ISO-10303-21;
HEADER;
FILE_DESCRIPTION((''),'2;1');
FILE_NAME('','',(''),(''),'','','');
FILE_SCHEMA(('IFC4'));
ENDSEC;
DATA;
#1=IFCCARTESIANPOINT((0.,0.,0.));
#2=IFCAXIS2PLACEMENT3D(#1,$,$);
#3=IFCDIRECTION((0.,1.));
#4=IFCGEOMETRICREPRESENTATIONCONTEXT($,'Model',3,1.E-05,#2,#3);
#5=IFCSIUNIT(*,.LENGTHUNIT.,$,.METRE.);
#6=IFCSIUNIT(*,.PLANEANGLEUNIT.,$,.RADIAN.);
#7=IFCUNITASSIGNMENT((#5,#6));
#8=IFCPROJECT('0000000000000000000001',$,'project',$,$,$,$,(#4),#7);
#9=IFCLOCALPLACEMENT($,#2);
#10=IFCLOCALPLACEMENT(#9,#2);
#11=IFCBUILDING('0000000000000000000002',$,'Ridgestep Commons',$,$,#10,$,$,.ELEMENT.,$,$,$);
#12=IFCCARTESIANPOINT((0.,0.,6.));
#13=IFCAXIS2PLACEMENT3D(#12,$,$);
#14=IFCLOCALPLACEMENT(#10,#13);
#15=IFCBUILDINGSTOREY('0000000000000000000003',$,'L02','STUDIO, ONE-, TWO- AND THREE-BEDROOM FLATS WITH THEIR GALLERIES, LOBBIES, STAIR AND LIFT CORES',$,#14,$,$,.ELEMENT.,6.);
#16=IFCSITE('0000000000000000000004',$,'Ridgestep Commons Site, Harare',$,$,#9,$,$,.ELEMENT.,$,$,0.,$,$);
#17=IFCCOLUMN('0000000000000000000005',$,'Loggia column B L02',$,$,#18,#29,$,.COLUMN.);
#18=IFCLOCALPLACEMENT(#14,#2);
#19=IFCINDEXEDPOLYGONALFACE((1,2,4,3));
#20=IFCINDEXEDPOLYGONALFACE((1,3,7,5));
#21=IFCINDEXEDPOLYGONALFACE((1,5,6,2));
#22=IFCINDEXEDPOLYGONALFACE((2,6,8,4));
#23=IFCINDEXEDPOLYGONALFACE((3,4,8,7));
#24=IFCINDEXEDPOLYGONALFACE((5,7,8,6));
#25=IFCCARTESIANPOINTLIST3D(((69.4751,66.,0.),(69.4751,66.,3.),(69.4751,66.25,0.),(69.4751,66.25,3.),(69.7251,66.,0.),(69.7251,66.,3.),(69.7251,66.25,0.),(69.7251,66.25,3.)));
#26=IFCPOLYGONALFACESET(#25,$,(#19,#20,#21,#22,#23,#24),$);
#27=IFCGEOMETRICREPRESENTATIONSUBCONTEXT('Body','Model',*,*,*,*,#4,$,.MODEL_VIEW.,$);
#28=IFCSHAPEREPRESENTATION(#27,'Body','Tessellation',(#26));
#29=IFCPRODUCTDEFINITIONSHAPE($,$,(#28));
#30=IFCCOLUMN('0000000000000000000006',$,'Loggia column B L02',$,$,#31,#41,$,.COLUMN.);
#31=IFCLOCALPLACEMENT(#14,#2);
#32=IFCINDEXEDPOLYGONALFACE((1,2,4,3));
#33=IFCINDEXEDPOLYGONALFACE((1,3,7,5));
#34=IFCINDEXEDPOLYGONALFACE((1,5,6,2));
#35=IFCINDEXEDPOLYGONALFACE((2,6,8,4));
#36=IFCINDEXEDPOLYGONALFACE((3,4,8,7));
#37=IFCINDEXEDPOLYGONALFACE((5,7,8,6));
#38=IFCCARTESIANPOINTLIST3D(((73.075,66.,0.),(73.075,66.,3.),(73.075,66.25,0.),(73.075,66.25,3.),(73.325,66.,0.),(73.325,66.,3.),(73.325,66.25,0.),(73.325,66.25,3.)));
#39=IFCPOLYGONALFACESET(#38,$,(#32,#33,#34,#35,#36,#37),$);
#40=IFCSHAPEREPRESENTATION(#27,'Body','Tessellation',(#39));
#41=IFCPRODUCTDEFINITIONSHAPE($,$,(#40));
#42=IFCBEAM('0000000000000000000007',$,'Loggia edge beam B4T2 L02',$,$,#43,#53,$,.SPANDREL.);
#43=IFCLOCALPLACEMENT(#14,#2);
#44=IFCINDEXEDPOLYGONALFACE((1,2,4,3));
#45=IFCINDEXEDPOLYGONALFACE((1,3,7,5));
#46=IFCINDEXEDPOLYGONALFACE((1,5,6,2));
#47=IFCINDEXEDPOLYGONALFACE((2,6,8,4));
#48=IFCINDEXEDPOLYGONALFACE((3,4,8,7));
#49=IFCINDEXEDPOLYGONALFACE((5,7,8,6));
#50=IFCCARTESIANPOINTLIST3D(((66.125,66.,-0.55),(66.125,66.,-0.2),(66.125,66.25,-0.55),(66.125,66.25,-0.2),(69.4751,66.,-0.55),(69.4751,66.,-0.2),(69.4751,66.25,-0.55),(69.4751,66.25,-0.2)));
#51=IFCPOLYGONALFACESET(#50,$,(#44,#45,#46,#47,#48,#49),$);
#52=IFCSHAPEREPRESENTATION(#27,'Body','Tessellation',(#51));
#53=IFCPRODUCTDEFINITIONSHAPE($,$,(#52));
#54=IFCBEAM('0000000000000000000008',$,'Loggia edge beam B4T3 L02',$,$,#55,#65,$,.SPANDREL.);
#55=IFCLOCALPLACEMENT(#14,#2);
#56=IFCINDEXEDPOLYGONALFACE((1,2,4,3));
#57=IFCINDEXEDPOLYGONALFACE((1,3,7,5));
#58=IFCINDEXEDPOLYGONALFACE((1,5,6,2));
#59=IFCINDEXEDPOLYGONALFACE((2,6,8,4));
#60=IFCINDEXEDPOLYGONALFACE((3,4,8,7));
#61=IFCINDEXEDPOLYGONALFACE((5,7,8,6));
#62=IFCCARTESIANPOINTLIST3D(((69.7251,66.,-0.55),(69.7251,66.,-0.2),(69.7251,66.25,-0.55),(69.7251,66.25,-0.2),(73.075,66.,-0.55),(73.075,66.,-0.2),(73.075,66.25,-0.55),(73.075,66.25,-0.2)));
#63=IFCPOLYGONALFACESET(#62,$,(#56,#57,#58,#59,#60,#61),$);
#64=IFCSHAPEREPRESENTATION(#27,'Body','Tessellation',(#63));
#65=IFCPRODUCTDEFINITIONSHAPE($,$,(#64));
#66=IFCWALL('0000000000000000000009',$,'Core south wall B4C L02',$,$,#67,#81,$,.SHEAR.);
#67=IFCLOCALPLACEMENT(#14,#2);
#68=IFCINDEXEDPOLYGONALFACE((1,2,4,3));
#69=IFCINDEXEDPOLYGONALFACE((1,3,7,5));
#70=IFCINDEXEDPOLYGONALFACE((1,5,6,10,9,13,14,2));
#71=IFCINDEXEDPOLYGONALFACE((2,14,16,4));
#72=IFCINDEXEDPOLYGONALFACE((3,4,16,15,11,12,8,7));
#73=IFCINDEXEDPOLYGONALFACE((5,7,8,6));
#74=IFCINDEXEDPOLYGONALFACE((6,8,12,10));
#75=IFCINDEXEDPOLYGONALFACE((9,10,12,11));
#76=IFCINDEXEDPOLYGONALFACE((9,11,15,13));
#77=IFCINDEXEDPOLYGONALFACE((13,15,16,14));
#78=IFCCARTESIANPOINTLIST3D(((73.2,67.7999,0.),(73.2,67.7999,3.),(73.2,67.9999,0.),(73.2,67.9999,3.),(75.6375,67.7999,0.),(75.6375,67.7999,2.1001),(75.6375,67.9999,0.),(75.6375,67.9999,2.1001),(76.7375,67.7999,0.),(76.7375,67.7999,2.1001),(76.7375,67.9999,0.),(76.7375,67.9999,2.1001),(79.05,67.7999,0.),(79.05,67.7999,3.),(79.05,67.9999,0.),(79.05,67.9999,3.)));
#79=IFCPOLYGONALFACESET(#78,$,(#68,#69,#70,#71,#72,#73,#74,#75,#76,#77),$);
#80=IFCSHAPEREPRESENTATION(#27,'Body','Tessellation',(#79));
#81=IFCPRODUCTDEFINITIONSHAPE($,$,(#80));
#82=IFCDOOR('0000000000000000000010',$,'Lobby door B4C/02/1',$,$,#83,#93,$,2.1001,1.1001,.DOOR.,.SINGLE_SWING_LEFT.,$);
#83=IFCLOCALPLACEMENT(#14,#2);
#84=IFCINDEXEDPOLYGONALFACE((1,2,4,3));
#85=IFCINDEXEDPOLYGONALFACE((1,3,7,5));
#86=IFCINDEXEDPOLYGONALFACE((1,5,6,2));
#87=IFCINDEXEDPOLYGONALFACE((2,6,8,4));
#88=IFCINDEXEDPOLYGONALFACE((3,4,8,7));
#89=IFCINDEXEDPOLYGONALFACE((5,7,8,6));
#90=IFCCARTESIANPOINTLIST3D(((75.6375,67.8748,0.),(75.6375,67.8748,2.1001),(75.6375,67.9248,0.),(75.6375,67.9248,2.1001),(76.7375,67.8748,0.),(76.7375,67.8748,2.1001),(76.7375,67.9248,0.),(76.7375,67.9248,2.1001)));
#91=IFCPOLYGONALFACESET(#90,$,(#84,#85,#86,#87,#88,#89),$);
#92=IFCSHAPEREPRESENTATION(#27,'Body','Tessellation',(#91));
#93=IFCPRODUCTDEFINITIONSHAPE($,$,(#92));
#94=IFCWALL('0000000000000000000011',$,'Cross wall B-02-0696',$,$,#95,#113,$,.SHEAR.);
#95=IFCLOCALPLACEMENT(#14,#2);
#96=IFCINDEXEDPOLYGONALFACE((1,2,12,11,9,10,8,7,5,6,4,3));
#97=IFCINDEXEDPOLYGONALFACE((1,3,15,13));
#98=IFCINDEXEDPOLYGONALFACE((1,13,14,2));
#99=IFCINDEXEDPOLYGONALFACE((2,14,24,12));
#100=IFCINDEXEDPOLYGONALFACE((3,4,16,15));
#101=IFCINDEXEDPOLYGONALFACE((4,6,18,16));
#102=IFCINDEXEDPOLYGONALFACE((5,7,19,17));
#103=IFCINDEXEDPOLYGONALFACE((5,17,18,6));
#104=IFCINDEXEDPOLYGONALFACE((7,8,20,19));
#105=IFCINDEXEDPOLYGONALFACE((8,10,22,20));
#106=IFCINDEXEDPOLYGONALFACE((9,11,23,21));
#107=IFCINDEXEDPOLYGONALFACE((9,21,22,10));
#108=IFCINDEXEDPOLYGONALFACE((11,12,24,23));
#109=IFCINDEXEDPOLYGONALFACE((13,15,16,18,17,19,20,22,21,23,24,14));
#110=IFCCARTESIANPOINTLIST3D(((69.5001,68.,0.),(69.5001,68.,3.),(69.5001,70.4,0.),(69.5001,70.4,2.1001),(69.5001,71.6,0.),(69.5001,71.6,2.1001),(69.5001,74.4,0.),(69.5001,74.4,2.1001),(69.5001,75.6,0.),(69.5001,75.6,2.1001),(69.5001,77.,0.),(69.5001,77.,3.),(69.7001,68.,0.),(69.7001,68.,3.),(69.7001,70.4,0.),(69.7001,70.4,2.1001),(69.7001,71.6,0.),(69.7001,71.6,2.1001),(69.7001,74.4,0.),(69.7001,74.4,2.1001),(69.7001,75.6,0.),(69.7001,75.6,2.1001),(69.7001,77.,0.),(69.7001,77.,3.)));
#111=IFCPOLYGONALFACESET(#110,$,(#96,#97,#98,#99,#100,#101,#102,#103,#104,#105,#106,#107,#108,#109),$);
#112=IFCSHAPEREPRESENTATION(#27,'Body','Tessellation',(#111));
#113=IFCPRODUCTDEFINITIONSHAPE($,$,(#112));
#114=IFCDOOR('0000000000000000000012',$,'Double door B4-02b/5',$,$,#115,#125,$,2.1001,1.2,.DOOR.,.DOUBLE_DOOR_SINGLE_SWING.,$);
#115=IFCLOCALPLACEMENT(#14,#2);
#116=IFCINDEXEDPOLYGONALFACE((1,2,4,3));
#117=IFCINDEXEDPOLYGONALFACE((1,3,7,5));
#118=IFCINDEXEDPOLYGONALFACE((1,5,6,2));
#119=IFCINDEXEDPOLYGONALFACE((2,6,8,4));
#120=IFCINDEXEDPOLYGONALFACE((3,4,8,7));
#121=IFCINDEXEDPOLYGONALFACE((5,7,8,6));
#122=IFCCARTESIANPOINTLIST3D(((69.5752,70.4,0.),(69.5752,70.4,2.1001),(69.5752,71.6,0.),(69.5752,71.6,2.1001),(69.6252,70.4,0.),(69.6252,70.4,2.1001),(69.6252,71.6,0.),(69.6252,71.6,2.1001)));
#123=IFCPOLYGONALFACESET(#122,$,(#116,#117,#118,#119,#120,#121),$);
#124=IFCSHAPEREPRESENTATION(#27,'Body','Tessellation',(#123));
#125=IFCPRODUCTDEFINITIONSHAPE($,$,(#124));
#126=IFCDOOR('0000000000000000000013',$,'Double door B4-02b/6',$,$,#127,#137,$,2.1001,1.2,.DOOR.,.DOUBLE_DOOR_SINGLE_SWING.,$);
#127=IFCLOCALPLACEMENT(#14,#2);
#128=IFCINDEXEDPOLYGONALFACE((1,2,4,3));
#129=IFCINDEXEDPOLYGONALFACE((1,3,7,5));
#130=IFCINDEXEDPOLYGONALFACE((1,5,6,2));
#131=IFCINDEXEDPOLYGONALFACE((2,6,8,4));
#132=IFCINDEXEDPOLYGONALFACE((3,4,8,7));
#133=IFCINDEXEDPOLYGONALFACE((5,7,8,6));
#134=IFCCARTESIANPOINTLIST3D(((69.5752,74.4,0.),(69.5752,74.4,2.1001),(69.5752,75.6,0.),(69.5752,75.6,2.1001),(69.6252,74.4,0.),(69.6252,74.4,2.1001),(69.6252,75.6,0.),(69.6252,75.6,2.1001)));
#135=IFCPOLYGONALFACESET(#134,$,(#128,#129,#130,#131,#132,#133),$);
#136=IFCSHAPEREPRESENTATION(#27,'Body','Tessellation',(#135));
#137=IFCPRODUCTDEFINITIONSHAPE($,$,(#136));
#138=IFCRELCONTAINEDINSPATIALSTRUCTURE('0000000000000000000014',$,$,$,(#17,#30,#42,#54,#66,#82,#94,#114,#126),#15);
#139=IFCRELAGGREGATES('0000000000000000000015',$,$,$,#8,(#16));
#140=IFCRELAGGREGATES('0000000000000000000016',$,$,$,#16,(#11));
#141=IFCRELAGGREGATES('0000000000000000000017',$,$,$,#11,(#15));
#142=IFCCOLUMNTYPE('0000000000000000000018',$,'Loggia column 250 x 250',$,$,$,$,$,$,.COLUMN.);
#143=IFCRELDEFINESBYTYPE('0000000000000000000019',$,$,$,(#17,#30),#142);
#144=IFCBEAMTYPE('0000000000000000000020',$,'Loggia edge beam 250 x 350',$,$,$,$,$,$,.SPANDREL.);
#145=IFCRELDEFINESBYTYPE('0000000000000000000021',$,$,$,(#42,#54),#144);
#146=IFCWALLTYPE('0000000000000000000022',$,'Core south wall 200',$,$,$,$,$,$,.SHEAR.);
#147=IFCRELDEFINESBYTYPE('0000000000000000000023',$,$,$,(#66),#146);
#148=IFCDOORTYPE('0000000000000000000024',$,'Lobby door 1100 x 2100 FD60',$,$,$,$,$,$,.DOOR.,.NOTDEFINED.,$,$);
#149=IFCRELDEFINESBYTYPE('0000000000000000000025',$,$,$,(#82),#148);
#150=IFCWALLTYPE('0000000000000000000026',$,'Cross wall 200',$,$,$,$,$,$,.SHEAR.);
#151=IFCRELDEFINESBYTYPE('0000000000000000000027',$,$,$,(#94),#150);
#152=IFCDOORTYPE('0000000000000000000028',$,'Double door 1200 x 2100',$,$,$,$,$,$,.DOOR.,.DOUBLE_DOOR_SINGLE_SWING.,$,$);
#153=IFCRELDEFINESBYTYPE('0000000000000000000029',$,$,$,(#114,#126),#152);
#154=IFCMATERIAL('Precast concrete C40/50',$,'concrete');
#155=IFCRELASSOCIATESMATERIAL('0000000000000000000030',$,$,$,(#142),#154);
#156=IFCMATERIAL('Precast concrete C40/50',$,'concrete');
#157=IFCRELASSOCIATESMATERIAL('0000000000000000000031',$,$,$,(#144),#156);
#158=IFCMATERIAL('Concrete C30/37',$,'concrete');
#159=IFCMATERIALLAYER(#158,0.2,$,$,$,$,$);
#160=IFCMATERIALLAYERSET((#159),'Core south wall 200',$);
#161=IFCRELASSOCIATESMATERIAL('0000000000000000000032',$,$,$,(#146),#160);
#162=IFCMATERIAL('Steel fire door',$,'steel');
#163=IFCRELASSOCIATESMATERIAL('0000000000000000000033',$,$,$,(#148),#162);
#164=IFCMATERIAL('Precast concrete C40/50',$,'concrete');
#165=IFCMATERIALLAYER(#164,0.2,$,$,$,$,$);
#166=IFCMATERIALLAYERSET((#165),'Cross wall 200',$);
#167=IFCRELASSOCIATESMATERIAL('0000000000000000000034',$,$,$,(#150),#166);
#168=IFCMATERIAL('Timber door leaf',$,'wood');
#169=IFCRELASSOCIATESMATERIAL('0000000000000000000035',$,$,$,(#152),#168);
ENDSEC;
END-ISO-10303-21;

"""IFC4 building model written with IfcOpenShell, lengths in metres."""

from ifc_helpers import new_model, si_unit, direction, frame, frame_2d, origin, origin_2d, place, context, subcontext, project, spatial, rectangle, extrude, material, layer, layer_set, material_profile, profile_set, type_object, element, fill, save


model = new_model("IFC4")

# Units and contexts
model_context = context("Model", 3, precision=1e-05, world=origin(), true_north=direction((0.0, 1.0)))
body_context = subcontext(model_context, "Body", "Model", "MODEL_VIEW")
ifc_project = project(units=[si_unit("LENGTHUNIT", "METRE"), si_unit("PLANEANGLEUNIT", "RADIAN")], contexts=[model_context])

# Site, building, storey
site_placement = place(None, origin())
site = spatial("IfcSite", under=ifc_project, at=site_placement, Name="Ridgestep Commons Site, Harare", CompositionType="ELEMENT", RefElevation=0.0)
building_placement = place(site_placement, origin())
building = spatial("IfcBuilding", under=site, at=building_placement, Name="Ridgestep Commons", CompositionType="ELEMENT")
storey_placement = place(building_placement, frame((0.0, 0.0, 6.0)))
storey = spatial("IfcBuildingStorey", under=building, at=storey_placement, Name="L02", Description="STUDIO, ONE-, TWO- AND THREE-BEDROOM FLATS WITH THEIR GALLERIES, LOBBIES, STAIR AND LIFT CORES", CompositionType="ELEMENT", Elevation=6.0)

# Columns
ifc_material_1 = material(Name="Precast concrete C40/50", Category="concrete")
ifc_material_profile_1 = material_profile(ifc_material_1, rectangle(XDim=0.25, YDim=0.25, at=origin_2d()), Name="PC 250x250")
ifc_profile_set_1 = profile_set([ifc_material_profile_1], Name="Precast concrete C40/50")
column_type = type_object("IfcColumnType", Name="Loggia column 250 x 250", PredefinedType="COLUMN", material=ifc_profile_set_1)
for number, where, z_axis, x_axis, name in (
    (1, (69.6001, 66.125, 0.0), (0.0, 0.0, 1.0), (1.0, 0.0, 0.0), "Loggia column B L02"),
    (2, (73.2, 66.125, 0.0), (0.0, 0.0, 1.0), (1.0, 0.0, 0.0), "Loggia column B L02"),
):
    element("IfcColumn", number, at=place(storey_placement, frame(where, z_axis=z_axis, x_axis=x_axis)), inside=storey, type_object=column_type, Name=name, PredefinedType="COLUMN", context=body_context, shape_type="SweptSolid", body=[
        extrude(rectangle(XDim=0.25, YDim=0.25, at=origin_2d()), origin(), (0.0, 0.0, 1.0), 3.0),
    ])

# Beams
ifc_material_2 = material(Name="Precast concrete C40/50", Category="concrete")
ifc_material_profile_2 = material_profile(ifc_material_2, rectangle(XDim=0.25, YDim=0.3501, at=origin_2d()), Name="PC 250x350")
ifc_profile_set_2 = profile_set([ifc_material_profile_2], Name="Precast concrete C40/50")
beam_type = type_object("IfcBeamType", Name="Loggia edge beam 250 x 350", PredefinedType="SPANDREL", material=ifc_profile_set_2)
beam_1_placement = place(storey_placement, frame((66.125, 66.125, -0.375), z_axis=(1.0, 0.0, 0.0), x_axis=(0.0, 1.0, 0.0)))
element("IfcBeam", 3, at=beam_1_placement, inside=storey, type_object=beam_type, Name="Loggia edge beam B4T2 L02", PredefinedType="SPANDREL", context=body_context, shape_type="SweptSolid", body=[
    extrude(rectangle(XDim=0.25, YDim=0.3501, at=origin_2d()), origin(), (0.0, 0.0, 1.0), 3.3501),
])
beam_2_placement = place(storey_placement, frame((69.7251, 66.125, -0.375), z_axis=(1.0, 0.0, 0.0), x_axis=(0.0, 1.0, 0.0)))
element("IfcBeam", 4, at=beam_2_placement, inside=storey, type_object=beam_type, Name="Loggia edge beam B4T3 L02", PredefinedType="SPANDREL", context=body_context, shape_type="SweptSolid", body=[
    extrude(rectangle(XDim=0.25, YDim=0.3501, at=origin_2d()), origin(), (0.0, 0.0, 1.0), 3.3499),
])

# Wall, opening, door
ifc_material_3 = material(Name="Concrete C30/37", Category="concrete")
ifc_layer_1 = layer(ifc_material_3, 0.2)
ifc_layer_set_1 = layer_set([ifc_layer_1], Name="Core south wall 200")
wall_type_1 = type_object("IfcWallType", Name="Core south wall 200", PredefinedType="SHEAR", material=ifc_layer_set_1)
wall_1_placement = place(storey_placement, frame((73.2, 67.8999, 0.0), z_axis=(0.0, 0.0, 1.0), x_axis=(1.0, 0.0, 0.0)))
wall_1 = element("IfcWall", 5, at=wall_1_placement, inside=storey, type_object=wall_type_1, Name="Core south wall B4C L02", PredefinedType="SHEAR", context=body_context, shape_type="SweptSolid", body=[
    extrude(rectangle(XDim=5.8501, YDim=0.2, at=frame_2d((2.925, 0.0))), origin(), (0.0, 0.0, 1.0), 3.0),
])
opening_1_placement = place(wall_1_placement, frame((2.4375, 0.0, 0.0)))
opening_1 = element("IfcOpeningElement", 6, at=opening_1_placement, cuts=wall_1, PredefinedType="OPENING", context=body_context, shape_type="SweptSolid", body=[
    extrude(rectangle(XDim=1.1001, YDim=2.1001, at=frame_2d((0.55, 1.05))), frame((0.0, 0.1099, 0.0), z_axis=(0.0, -1.0, 0.0), x_axis=(1.0, 0.0, 0.0)), (0.0, 0.0, 1.0), 0.22),
])
ifc_material_4 = material(Name="Steel fire door", Category="steel")
door_type_1 = type_object("IfcDoorType", Name="Lobby door 1100 x 2100 FD60", OperationType="NOTDEFINED", PredefinedType="DOOR", material=ifc_material_4)
door_1_placement = place(opening_1_placement, origin())
door_1 = element("IfcDoor", 7, at=door_1_placement, inside=storey, type_object=door_type_1, Name="Lobby door B4C/02/1", OperationType="SINGLE_SWING_LEFT", OverallHeight=2.1001, OverallWidth=1.1001, PredefinedType="DOOR", context=body_context, shape_type="SweptSolid", body=[
    extrude(rectangle(XDim=1.1001, YDim=2.1001, at=frame_2d((0.55, 1.05))), frame((0.0, 0.0249, 0.0), z_axis=(0.0, -1.0, 0.0), x_axis=(1.0, 0.0, 0.0)), (0.0, 0.0, 1.0), 0.05),
])
fill(opening_1, door_1)

# Wall, openings, doors
ifc_material_5 = material(Name="Precast concrete C40/50", Category="concrete")
ifc_layer_2 = layer(ifc_material_5, 0.2)
ifc_layer_set_2 = layer_set([ifc_layer_2], Name="Cross wall 200")
wall_type_2 = type_object("IfcWallType", Name="Cross wall 200", PredefinedType="SHEAR", material=ifc_layer_set_2)
wall_2_placement = place(storey_placement, frame((69.6001, 68.0, 0.0), z_axis=(0.0, 0.0, 1.0), x_axis=(0.0, 1.0, 0.0)))
wall_2 = element("IfcWall", 8, at=wall_2_placement, inside=storey, type_object=wall_type_2, Name="Cross wall B-02-0696", PredefinedType="SHEAR", context=body_context, shape_type="SweptSolid", body=[
    extrude(rectangle(XDim=9.0, YDim=0.2, at=frame_2d((4.5, 0.0))), origin(), (0.0, 0.0, 1.0), 3.0),
])
opening_2_placement = place(wall_2_placement, frame((2.3999, 0.0, 0.0)))
opening_2 = element("IfcOpeningElement", 9, at=opening_2_placement, cuts=wall_2, PredefinedType="OPENING", context=body_context, shape_type="SweptSolid", body=[
    extrude(rectangle(XDim=1.2, YDim=2.1001, at=frame_2d((0.6001, 1.05))), frame((0.0, 0.1099, 0.0), z_axis=(0.0, -1.0, 0.0), x_axis=(1.0, 0.0, 0.0)), (0.0, 0.0, 1.0), 0.22),
])
opening_3_placement = place(wall_2_placement, frame((6.3999, 0.0, 0.0)))
opening_3 = element("IfcOpeningElement", 10, at=opening_3_placement, cuts=wall_2, PredefinedType="OPENING", context=body_context, shape_type="SweptSolid", body=[
    extrude(rectangle(XDim=1.2, YDim=2.1001, at=frame_2d((0.6001, 1.05))), frame((0.0, 0.1099, 0.0), z_axis=(0.0, -1.0, 0.0), x_axis=(1.0, 0.0, 0.0)), (0.0, 0.0, 1.0), 0.22),
])
ifc_material_6 = material(Name="Timber door leaf", Category="wood")
door_type_2 = type_object("IfcDoorType", Name="Double door 1200 x 2100", OperationType="DOUBLE_DOOR_SINGLE_SWING", PredefinedType="DOOR", material=ifc_material_6)
door_2_placement = place(opening_2_placement, origin())
door_2 = element("IfcDoor", 11, at=door_2_placement, inside=storey, type_object=door_type_2, Name="Double door B4-02b/5", OperationType="DOUBLE_DOOR_SINGLE_SWING", OverallHeight=2.1001, OverallWidth=1.2, PredefinedType="DOOR", context=body_context, shape_type="SweptSolid", body=[
    extrude(rectangle(XDim=1.2, YDim=2.1001, at=frame_2d((0.6001, 1.05))), frame((0.0, 0.0249, 0.0), z_axis=(0.0, -1.0, 0.0), x_axis=(1.0, 0.0, 0.0)), (0.0, 0.0, 1.0), 0.05),
])
fill(opening_2, door_2)
door_3_placement = place(opening_3_placement, origin())
door_3 = element("IfcDoor", 12, at=door_3_placement, inside=storey, type_object=door_type_2, Name="Double door B4-02b/6", OperationType="DOUBLE_DOOR_SINGLE_SWING", OverallHeight=2.1001, OverallWidth=1.2, PredefinedType="DOOR", context=body_context, shape_type="SweptSolid", body=[
    extrude(rectangle(XDim=1.2, YDim=2.1001, at=frame_2d((0.6001, 1.05))), frame((0.0, 0.0249, 0.0), z_axis=(0.0, -1.0, 0.0), x_axis=(1.0, 0.0, 0.0)), (0.0, 0.0, 1.0), 0.05),
])
fill(opening_3, door_3)

save(model, "model.ifc")
